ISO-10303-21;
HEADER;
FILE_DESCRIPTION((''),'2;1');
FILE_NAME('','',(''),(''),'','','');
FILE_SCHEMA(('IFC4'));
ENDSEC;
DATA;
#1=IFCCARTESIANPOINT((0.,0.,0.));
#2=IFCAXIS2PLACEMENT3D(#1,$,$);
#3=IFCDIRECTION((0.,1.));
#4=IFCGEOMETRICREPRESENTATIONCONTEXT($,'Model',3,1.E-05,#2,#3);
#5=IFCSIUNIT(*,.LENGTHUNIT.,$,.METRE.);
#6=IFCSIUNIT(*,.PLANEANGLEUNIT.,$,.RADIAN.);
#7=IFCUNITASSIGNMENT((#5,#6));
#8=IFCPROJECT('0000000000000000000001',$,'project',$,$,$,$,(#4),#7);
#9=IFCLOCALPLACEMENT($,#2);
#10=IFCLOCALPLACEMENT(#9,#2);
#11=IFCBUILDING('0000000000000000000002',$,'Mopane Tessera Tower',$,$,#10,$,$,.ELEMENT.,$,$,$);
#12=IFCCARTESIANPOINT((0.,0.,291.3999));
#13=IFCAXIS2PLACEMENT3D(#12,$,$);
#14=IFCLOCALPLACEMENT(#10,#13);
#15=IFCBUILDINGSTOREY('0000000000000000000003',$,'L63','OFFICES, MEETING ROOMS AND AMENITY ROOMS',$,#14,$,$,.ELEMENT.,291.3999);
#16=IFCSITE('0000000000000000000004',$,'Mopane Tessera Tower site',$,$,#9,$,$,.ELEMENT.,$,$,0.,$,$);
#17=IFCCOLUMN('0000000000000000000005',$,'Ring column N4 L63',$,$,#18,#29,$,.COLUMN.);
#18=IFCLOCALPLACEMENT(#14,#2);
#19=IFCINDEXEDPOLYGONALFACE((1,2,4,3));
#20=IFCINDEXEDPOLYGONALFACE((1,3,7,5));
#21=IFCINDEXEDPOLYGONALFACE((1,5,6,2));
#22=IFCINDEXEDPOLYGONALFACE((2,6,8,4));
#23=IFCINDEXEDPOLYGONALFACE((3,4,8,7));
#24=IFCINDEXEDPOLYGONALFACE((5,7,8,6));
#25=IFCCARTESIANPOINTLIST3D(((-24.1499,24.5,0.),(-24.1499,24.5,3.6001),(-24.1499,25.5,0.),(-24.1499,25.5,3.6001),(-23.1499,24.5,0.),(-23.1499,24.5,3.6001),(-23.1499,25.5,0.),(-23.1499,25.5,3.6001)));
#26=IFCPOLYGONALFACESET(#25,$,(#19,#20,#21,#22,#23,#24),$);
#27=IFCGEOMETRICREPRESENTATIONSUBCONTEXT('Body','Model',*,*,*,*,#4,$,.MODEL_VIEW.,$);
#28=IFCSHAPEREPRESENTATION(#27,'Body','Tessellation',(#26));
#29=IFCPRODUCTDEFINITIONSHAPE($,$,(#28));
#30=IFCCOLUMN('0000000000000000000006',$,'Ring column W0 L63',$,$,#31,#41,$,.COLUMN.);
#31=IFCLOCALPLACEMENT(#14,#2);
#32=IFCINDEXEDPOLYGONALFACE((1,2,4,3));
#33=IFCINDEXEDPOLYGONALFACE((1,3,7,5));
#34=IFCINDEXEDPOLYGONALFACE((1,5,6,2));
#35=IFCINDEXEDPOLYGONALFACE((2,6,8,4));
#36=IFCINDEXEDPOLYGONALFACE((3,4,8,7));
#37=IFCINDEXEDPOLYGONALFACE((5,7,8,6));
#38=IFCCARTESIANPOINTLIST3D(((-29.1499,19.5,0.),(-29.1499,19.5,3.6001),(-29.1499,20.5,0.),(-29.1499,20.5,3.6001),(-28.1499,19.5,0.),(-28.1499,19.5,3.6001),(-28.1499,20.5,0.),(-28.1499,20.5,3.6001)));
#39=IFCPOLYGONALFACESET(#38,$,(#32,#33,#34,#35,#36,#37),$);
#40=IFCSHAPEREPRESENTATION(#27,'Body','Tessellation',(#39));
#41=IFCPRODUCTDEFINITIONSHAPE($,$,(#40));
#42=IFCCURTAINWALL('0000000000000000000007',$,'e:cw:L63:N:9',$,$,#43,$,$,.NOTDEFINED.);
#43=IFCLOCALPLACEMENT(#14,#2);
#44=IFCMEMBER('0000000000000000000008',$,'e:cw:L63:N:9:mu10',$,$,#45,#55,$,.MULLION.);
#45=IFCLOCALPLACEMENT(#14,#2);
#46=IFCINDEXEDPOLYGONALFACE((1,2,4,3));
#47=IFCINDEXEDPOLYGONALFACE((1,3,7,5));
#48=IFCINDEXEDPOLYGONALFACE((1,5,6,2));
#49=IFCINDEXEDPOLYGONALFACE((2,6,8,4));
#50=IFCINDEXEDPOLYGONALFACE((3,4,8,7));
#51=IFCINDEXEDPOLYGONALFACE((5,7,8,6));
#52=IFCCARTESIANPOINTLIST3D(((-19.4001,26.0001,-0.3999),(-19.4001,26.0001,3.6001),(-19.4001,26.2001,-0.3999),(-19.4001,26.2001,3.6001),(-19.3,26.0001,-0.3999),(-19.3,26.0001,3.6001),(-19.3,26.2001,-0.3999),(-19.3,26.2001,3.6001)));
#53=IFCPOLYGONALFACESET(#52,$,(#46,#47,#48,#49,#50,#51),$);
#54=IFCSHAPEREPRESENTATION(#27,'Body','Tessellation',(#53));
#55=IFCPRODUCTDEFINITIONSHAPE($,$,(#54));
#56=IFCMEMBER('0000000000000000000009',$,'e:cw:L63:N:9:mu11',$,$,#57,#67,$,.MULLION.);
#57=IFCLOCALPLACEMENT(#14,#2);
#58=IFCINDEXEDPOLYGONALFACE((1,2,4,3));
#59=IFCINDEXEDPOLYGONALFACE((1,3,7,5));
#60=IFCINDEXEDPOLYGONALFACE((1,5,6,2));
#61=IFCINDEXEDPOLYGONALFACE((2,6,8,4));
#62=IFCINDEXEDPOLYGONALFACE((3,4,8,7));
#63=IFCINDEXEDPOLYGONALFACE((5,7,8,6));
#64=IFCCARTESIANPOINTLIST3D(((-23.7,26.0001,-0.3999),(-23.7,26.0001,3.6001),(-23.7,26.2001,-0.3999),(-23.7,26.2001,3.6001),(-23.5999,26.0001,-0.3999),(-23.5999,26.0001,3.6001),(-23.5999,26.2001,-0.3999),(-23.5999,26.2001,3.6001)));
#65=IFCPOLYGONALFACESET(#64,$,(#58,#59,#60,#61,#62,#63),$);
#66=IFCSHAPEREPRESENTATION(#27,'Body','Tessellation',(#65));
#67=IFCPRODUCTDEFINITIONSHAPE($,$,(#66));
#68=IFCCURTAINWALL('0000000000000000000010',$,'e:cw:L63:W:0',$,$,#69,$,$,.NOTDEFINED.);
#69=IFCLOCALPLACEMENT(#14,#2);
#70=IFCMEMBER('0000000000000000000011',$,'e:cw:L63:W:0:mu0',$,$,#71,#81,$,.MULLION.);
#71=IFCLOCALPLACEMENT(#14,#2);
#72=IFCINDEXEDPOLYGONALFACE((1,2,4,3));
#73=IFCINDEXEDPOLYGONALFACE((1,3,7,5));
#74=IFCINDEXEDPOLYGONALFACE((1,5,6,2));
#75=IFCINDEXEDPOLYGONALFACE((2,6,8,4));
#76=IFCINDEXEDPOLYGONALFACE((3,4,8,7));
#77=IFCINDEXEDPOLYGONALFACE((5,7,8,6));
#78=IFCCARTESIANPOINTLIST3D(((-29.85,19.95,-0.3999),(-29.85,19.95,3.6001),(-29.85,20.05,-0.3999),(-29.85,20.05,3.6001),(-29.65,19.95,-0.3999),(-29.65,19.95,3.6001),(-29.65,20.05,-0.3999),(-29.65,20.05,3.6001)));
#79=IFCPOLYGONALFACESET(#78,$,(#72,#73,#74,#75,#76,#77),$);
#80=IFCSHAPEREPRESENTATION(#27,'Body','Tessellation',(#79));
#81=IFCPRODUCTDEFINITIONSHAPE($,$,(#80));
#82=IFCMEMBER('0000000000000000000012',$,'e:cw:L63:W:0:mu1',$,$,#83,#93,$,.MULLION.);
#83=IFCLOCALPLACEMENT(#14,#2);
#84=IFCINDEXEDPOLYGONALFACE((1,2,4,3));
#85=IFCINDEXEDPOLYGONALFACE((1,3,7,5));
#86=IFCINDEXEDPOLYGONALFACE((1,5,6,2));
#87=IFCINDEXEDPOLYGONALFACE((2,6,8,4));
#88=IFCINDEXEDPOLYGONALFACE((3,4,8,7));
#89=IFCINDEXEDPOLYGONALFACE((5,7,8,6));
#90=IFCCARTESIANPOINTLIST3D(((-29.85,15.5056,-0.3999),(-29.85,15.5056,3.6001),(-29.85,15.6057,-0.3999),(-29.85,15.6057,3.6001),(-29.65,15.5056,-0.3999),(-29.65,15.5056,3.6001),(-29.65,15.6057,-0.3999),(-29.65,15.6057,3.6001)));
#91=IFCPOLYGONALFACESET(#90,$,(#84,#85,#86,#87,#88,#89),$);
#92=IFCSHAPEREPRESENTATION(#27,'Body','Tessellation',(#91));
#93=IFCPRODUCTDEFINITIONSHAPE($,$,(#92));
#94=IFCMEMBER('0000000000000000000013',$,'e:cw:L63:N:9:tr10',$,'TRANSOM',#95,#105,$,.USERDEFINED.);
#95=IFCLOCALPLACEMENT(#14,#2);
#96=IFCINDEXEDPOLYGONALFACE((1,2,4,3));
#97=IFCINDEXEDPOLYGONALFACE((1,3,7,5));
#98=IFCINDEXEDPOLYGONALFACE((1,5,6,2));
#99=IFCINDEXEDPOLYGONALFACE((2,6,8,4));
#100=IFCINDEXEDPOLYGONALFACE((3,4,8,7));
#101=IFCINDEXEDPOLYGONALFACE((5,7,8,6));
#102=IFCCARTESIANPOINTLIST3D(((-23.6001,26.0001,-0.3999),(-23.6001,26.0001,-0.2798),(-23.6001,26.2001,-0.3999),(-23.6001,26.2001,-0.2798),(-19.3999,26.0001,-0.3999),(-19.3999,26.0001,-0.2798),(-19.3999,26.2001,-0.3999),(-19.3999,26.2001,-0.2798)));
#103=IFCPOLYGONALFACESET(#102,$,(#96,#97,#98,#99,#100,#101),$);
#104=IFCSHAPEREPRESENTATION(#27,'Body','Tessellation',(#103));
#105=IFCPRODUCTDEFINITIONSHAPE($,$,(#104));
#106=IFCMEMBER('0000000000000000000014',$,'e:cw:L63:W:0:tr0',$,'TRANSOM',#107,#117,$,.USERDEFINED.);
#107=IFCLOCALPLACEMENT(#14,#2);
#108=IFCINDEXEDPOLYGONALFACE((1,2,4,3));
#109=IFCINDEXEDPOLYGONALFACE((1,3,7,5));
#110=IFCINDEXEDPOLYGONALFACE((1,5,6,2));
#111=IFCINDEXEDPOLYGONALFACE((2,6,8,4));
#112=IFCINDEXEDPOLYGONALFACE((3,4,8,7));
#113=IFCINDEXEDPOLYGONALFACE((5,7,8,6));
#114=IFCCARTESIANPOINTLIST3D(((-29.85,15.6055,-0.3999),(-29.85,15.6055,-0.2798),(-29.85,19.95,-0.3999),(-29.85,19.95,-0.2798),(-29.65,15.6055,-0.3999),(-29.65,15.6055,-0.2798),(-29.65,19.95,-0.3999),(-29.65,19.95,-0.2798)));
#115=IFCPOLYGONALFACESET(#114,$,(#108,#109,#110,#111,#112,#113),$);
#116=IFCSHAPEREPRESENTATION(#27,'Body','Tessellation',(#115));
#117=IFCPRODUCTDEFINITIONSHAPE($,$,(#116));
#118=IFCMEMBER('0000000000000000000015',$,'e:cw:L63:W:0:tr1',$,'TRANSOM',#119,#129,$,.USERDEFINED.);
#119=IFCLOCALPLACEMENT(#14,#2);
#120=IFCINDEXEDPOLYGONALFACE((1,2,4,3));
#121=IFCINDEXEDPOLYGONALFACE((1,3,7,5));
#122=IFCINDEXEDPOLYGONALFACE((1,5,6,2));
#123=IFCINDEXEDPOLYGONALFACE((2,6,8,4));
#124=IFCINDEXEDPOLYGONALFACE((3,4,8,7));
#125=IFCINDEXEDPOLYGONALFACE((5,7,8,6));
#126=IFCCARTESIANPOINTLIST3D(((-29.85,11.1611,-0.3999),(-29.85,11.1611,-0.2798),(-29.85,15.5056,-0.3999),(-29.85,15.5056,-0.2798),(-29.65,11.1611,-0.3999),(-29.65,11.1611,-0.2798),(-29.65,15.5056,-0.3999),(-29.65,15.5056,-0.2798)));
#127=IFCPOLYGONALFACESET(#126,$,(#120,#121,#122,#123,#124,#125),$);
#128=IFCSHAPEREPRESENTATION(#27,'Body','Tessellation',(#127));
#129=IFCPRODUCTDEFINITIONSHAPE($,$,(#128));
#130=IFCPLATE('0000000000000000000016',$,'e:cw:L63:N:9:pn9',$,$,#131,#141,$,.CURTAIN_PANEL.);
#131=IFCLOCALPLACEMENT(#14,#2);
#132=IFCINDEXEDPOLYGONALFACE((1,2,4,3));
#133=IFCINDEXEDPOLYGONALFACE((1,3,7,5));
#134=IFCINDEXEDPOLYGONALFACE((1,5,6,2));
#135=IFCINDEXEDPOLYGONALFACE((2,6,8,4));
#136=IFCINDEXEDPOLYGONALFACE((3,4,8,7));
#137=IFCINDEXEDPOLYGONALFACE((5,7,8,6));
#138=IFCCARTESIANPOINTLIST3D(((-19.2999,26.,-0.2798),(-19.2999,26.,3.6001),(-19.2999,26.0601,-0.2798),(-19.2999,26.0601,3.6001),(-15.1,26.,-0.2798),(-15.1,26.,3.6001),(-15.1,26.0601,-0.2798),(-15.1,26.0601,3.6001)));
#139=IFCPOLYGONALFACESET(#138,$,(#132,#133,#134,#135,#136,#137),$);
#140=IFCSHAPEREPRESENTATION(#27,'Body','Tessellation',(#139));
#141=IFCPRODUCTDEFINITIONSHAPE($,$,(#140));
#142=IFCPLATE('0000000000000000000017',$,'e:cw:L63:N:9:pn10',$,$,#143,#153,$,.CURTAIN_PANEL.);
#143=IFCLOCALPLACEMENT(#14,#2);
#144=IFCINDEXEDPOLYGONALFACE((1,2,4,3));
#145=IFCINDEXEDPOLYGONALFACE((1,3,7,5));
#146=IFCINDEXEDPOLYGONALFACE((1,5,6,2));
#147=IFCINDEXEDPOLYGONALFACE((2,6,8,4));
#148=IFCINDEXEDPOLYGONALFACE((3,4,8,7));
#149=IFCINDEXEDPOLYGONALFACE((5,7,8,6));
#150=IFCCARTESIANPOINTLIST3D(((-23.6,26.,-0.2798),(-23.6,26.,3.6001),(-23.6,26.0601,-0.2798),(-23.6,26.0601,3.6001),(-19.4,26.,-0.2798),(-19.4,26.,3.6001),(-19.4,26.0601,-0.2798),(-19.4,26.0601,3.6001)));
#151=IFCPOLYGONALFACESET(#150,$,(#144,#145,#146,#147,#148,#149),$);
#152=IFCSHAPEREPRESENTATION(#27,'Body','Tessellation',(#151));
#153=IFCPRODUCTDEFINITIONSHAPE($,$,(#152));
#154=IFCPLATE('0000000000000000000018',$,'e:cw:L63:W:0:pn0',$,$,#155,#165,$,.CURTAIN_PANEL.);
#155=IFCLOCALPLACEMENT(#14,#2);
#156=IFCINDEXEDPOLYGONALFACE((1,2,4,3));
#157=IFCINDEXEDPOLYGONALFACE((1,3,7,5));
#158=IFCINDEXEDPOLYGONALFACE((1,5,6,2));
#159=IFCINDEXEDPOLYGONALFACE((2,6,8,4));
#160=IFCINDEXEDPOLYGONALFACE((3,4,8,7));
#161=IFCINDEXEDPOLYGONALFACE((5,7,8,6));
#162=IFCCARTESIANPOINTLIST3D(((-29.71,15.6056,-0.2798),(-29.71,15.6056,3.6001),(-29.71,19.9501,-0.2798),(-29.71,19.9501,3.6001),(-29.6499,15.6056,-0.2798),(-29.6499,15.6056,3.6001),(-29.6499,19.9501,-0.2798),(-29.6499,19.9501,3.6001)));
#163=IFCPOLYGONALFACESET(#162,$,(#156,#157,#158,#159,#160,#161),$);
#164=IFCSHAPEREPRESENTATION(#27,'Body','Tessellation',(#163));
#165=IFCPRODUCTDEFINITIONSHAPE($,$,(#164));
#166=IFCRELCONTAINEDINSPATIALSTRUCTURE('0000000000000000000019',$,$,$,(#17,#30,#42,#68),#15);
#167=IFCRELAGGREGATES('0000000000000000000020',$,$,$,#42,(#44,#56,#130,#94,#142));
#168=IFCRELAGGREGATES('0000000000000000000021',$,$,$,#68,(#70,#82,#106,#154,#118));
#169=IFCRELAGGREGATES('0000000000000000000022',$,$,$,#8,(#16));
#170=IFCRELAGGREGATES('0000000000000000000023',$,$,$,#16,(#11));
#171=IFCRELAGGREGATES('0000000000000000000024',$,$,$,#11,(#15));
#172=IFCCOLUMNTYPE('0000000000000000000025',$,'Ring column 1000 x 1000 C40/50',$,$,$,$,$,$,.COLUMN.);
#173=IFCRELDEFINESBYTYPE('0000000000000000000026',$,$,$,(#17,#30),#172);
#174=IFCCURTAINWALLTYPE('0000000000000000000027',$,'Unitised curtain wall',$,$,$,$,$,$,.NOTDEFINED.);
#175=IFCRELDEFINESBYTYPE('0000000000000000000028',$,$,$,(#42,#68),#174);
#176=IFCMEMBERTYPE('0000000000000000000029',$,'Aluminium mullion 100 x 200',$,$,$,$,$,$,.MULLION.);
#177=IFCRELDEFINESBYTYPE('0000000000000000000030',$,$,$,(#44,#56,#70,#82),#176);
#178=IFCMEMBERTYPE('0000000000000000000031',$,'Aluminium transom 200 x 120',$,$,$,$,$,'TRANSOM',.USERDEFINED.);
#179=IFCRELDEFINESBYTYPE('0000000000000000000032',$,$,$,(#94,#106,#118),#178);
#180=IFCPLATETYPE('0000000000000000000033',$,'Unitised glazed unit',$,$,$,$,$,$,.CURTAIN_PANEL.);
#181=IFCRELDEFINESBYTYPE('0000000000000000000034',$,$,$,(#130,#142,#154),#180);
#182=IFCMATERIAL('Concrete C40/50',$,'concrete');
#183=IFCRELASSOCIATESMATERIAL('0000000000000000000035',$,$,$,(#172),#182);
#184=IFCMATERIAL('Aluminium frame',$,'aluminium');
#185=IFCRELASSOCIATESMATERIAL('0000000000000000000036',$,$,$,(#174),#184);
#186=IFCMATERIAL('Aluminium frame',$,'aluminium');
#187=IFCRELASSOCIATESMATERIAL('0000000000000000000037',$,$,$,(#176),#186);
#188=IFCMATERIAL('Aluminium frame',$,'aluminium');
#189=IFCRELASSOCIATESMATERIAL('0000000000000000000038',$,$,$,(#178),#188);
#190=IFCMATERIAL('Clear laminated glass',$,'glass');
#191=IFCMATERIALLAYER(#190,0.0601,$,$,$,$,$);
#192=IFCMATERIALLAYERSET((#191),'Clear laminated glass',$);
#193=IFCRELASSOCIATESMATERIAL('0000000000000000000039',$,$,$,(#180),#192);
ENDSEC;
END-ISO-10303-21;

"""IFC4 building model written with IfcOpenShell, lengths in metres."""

from ifc_helpers import new_model, si_unit, direction, frame, origin, origin_2d, place, context, subcontext, project, spatial, rectangle, extrude, material, layer, layer_set, material_profile, profile_set, type_object, element, aggregate, save


model = new_model("IFC4")

# Units and contexts
model_context = context("Model", 3, precision=1e-05, world=origin(), true_north=direction((0.0, 1.0)))
body_context = subcontext(model_context, "Body", "Model", "MODEL_VIEW")
ifc_project = project(units=[si_unit("LENGTHUNIT", "METRE"), si_unit("PLANEANGLEUNIT", "RADIAN")], contexts=[model_context])

# Site, building, storey
site_placement = place(None, origin())
site = spatial("IfcSite", under=ifc_project, at=site_placement, Name="Mopane Tessera Tower site", CompositionType="ELEMENT", RefElevation=0.0)
building_placement = place(site_placement, origin())
building = spatial("IfcBuilding", under=site, at=building_placement, Name="Mopane Tessera Tower", CompositionType="ELEMENT")
storey_placement = place(building_placement, frame((0.0, 0.0, 291.3999)))
storey = spatial("IfcBuildingStorey", under=building, at=storey_placement, Name="L63", Description="OFFICES, MEETING ROOMS AND AMENITY ROOMS", CompositionType="ELEMENT", Elevation=291.3999)

# Columns
ifc_material_1 = material(Name="Concrete C40/50", Category="concrete")
ifc_material_profile_1 = material_profile(ifc_material_1, rectangle(XDim=1.0, YDim=1.0, at=origin_2d()))
ifc_profile_set_1 = profile_set([ifc_material_profile_1], Name="Concrete C40/50")
column_type = type_object("IfcColumnType", Name="Ring column 1000 x 1000 C40/50", PredefinedType="COLUMN", material=ifc_profile_set_1)
for number, where, z_axis, x_axis, name in (
    (1, (-23.6499, 25.0, 0.0), (0.0, 0.0, 1.0), (1.0, 0.0, 0.0), "Ring column N4 L63"),
    (2, (-28.6499, 20.0, 0.0), (0.0, 0.0, 1.0), (1.0, 0.0, 0.0), "Ring column W0 L63"),
):
    element("IfcColumn", number, at=place(storey_placement, frame(where, z_axis=z_axis, x_axis=x_axis)), inside=storey, type_object=column_type, Name=name, PredefinedType="COLUMN", context=body_context, shape_type="SweptSolid", body=[
        extrude(rectangle(XDim=1.0, YDim=1.0, at=origin_2d()), origin(), (0.0, 0.0, 1.0), 3.6001),
    ])

# Curtain walls, members
ifc_material_2 = material(Name="Aluminium frame", Category="aluminium")
curtain_wall_type = type_object("IfcCurtainWallType", Name="Unitised curtain wall", PredefinedType="NOTDEFINED", material=ifc_material_2)
curtain_wall_1_placement = place(storey_placement, origin())
curtain_wall_1 = element("IfcCurtainWall", 3, at=curtain_wall_1_placement, inside=storey, type_object=curtain_wall_type, Name="e:cw:L63:N:9", PredefinedType="NOTDEFINED")
ifc_material_3 = material(Name="Aluminium frame", Category="aluminium")
ifc_material_profile_2 = material_profile(ifc_material_3, rectangle(XDim=0.1001, YDim=0.2, at=origin_2d()))
ifc_profile_set_2 = profile_set([ifc_material_profile_2], Name="Aluminium frame")
member_type_1 = type_object("IfcMemberType", Name="Aluminium mullion 100 x 200", PredefinedType="MULLION", material=ifc_profile_set_2)
member_1_placement = place(storey_placement, frame((-19.3501, 26.1001, -0.3999), z_axis=(0.0, 0.0, 1.0), x_axis=(-1.0, 0.0, 0.0)))
member_1 = element("IfcMember", 4, at=member_1_placement, type_object=member_type_1, Name="e:cw:L63:N:9:mu10", PredefinedType="MULLION", context=body_context, shape_type="SweptSolid", body=[
    extrude(rectangle(XDim=0.1001, YDim=0.2, at=origin_2d()), origin(), (0.0, 0.0, 1.0), 4.0),
])
member_2_placement = place(storey_placement, frame((-23.6499, 26.1001, -0.3999), z_axis=(0.0, 0.0, 1.0), x_axis=(-1.0, 0.0, 0.0)))
member_2 = element("IfcMember", 5, at=member_2_placement, type_object=member_type_1, Name="e:cw:L63:N:9:mu11", PredefinedType="MULLION", context=body_context, shape_type="SweptSolid", body=[
    extrude(rectangle(XDim=0.1001, YDim=0.2, at=origin_2d()), origin(), (0.0, 0.0, 1.0), 4.0),
])
curtain_wall_2_placement = place(storey_placement, origin())
curtain_wall_2 = element("IfcCurtainWall", 6, at=curtain_wall_2_placement, inside=storey, type_object=curtain_wall_type, Name="e:cw:L63:W:0", PredefinedType="NOTDEFINED")
member_3_placement = place(storey_placement, frame((-29.75, 20.0, -0.3999), z_axis=(0.0, 0.0, 1.0), x_axis=(0.0, -1.0, 0.0)))
member_3 = element("IfcMember", 7, at=member_3_placement, type_object=member_type_1, Name="e:cw:L63:W:0:mu0", PredefinedType="MULLION", context=body_context, shape_type="SweptSolid", body=[
    extrude(rectangle(XDim=0.1001, YDim=0.2, at=origin_2d()), origin(), (0.0, 0.0, 1.0), 4.0),
])
member_4_placement = place(storey_placement, frame((-29.75, 15.5557, -0.3999), z_axis=(0.0, 0.0, 1.0), x_axis=(0.0, -1.0, 0.0)))
member_4 = element("IfcMember", 8, at=member_4_placement, type_object=member_type_1, Name="e:cw:L63:W:0:mu1", PredefinedType="MULLION", context=body_context, shape_type="SweptSolid", body=[
    extrude(rectangle(XDim=0.1001, YDim=0.2, at=origin_2d()), origin(), (0.0, 0.0, 1.0), 4.0),
])

# Members
ifc_material_4 = material(Name="Aluminium frame", Category="aluminium")
ifc_material_profile_3 = material_profile(ifc_material_4, rectangle(XDim=0.2, YDim=0.1201, at=origin_2d()))
ifc_profile_set_3 = profile_set([ifc_material_profile_3], Name="Aluminium frame")
member_type_2 = type_object("IfcMemberType", Name="Aluminium transom 200 x 120", ElementType="TRANSOM", PredefinedType="USERDEFINED", material=ifc_profile_set_3)
member_5_placement = place(storey_placement, frame((-19.3999, 26.1001, -0.3398), z_axis=(-1.0, 0.0, 0.0), x_axis=(0.0, -1.0, 0.0)))
member_5 = element("IfcMember", 9, at=member_5_placement, type_object=member_type_2, Name="e:cw:L63:N:9:tr10", ObjectType="TRANSOM", PredefinedType="USERDEFINED", context=body_context, shape_type="SweptSolid", body=[
    extrude(rectangle(XDim=0.2, YDim=0.1201, at=origin_2d()), origin(), (0.0, 0.0, 1.0), 4.2002),
])
member_6_placement = place(storey_placement, frame((-29.75, 19.95, -0.3398), z_axis=(0.0, -1.0, 0.0), x_axis=(1.0, 0.0, 0.0)))
member_6 = element("IfcMember", 10, at=member_6_placement, type_object=member_type_2, Name="e:cw:L63:W:0:tr0", ObjectType="TRANSOM", PredefinedType="USERDEFINED", context=body_context, shape_type="SweptSolid", body=[
    extrude(rectangle(XDim=0.2, YDim=0.1201, at=origin_2d()), origin(), (0.0, 0.0, 1.0), 4.3445),
])
member_7_placement = place(storey_placement, frame((-29.75, 15.5056, -0.3398), z_axis=(0.0, -1.0, 0.0), x_axis=(1.0, 0.0, 0.0)))
member_7 = element("IfcMember", 11, at=member_7_placement, type_object=member_type_2, Name="e:cw:L63:W:0:tr1", ObjectType="TRANSOM", PredefinedType="USERDEFINED", context=body_context, shape_type="SweptSolid", body=[
    extrude(rectangle(XDim=0.2, YDim=0.1201, at=origin_2d()), origin(), (0.0, 0.0, 1.0), 4.3445),
])

# Plates
ifc_material_5 = material(Name="Clear laminated glass", Category="glass")
ifc_layer_1 = layer(ifc_material_5, 0.0601)
ifc_layer_set_1 = layer_set([ifc_layer_1], Name="Clear laminated glass")
plate_type = type_object("IfcPlateType", Name="Unitised glazed unit", PredefinedType="CURTAIN_PANEL", material=ifc_layer_set_1)
plate_1_placement = place(storey_placement, frame((-17.2, 26.03, -0.2798), z_axis=(0.0, 0.0, 1.0), x_axis=(-1.0, 0.0, 0.0)))
plate_1 = element("IfcPlate", 12, at=plate_1_placement, type_object=plate_type, Name="e:cw:L63:N:9:pn9", PredefinedType="CURTAIN_PANEL", context=body_context, shape_type="SweptSolid", body=[
    extrude(rectangle(XDim=4.2, YDim=0.0601, at=origin_2d()), origin(), (0.0, 0.0, 1.0), 3.8799),
])
plate_2_placement = place(storey_placement, frame((-21.5, 26.03, -0.2798), z_axis=(0.0, 0.0, 1.0), x_axis=(-1.0, 0.0, 0.0)))
plate_2 = element("IfcPlate", 13, at=plate_2_placement, type_object=plate_type, Name="e:cw:L63:N:9:pn10", PredefinedType="CURTAIN_PANEL", context=body_context, shape_type="SweptSolid", body=[
    extrude(rectangle(XDim=4.2, YDim=0.0601, at=origin_2d()), origin(), (0.0, 0.0, 1.0), 3.8799),
])
aggregate(curtain_wall_1, [member_1, member_2, plate_1, member_5, plate_2])
plate_3_placement = place(storey_placement, frame((-29.6799, 17.7778, -0.2798), z_axis=(0.0, 0.0, 1.0), x_axis=(0.0, -1.0, 0.0)))
plate_3 = element("IfcPlate", 14, at=plate_3_placement, type_object=plate_type, Name="e:cw:L63:W:0:pn0", PredefinedType="CURTAIN_PANEL", context=body_context, shape_type="SweptSolid", body=[
    extrude(rectangle(XDim=4.3445, YDim=0.0601, at=origin_2d()), origin(), (0.0, 0.0, 1.0), 3.8799),
])
aggregate(curtain_wall_2, [member_3, member_4, member_6, plate_3, member_7])

save(model, "model.ifc")
